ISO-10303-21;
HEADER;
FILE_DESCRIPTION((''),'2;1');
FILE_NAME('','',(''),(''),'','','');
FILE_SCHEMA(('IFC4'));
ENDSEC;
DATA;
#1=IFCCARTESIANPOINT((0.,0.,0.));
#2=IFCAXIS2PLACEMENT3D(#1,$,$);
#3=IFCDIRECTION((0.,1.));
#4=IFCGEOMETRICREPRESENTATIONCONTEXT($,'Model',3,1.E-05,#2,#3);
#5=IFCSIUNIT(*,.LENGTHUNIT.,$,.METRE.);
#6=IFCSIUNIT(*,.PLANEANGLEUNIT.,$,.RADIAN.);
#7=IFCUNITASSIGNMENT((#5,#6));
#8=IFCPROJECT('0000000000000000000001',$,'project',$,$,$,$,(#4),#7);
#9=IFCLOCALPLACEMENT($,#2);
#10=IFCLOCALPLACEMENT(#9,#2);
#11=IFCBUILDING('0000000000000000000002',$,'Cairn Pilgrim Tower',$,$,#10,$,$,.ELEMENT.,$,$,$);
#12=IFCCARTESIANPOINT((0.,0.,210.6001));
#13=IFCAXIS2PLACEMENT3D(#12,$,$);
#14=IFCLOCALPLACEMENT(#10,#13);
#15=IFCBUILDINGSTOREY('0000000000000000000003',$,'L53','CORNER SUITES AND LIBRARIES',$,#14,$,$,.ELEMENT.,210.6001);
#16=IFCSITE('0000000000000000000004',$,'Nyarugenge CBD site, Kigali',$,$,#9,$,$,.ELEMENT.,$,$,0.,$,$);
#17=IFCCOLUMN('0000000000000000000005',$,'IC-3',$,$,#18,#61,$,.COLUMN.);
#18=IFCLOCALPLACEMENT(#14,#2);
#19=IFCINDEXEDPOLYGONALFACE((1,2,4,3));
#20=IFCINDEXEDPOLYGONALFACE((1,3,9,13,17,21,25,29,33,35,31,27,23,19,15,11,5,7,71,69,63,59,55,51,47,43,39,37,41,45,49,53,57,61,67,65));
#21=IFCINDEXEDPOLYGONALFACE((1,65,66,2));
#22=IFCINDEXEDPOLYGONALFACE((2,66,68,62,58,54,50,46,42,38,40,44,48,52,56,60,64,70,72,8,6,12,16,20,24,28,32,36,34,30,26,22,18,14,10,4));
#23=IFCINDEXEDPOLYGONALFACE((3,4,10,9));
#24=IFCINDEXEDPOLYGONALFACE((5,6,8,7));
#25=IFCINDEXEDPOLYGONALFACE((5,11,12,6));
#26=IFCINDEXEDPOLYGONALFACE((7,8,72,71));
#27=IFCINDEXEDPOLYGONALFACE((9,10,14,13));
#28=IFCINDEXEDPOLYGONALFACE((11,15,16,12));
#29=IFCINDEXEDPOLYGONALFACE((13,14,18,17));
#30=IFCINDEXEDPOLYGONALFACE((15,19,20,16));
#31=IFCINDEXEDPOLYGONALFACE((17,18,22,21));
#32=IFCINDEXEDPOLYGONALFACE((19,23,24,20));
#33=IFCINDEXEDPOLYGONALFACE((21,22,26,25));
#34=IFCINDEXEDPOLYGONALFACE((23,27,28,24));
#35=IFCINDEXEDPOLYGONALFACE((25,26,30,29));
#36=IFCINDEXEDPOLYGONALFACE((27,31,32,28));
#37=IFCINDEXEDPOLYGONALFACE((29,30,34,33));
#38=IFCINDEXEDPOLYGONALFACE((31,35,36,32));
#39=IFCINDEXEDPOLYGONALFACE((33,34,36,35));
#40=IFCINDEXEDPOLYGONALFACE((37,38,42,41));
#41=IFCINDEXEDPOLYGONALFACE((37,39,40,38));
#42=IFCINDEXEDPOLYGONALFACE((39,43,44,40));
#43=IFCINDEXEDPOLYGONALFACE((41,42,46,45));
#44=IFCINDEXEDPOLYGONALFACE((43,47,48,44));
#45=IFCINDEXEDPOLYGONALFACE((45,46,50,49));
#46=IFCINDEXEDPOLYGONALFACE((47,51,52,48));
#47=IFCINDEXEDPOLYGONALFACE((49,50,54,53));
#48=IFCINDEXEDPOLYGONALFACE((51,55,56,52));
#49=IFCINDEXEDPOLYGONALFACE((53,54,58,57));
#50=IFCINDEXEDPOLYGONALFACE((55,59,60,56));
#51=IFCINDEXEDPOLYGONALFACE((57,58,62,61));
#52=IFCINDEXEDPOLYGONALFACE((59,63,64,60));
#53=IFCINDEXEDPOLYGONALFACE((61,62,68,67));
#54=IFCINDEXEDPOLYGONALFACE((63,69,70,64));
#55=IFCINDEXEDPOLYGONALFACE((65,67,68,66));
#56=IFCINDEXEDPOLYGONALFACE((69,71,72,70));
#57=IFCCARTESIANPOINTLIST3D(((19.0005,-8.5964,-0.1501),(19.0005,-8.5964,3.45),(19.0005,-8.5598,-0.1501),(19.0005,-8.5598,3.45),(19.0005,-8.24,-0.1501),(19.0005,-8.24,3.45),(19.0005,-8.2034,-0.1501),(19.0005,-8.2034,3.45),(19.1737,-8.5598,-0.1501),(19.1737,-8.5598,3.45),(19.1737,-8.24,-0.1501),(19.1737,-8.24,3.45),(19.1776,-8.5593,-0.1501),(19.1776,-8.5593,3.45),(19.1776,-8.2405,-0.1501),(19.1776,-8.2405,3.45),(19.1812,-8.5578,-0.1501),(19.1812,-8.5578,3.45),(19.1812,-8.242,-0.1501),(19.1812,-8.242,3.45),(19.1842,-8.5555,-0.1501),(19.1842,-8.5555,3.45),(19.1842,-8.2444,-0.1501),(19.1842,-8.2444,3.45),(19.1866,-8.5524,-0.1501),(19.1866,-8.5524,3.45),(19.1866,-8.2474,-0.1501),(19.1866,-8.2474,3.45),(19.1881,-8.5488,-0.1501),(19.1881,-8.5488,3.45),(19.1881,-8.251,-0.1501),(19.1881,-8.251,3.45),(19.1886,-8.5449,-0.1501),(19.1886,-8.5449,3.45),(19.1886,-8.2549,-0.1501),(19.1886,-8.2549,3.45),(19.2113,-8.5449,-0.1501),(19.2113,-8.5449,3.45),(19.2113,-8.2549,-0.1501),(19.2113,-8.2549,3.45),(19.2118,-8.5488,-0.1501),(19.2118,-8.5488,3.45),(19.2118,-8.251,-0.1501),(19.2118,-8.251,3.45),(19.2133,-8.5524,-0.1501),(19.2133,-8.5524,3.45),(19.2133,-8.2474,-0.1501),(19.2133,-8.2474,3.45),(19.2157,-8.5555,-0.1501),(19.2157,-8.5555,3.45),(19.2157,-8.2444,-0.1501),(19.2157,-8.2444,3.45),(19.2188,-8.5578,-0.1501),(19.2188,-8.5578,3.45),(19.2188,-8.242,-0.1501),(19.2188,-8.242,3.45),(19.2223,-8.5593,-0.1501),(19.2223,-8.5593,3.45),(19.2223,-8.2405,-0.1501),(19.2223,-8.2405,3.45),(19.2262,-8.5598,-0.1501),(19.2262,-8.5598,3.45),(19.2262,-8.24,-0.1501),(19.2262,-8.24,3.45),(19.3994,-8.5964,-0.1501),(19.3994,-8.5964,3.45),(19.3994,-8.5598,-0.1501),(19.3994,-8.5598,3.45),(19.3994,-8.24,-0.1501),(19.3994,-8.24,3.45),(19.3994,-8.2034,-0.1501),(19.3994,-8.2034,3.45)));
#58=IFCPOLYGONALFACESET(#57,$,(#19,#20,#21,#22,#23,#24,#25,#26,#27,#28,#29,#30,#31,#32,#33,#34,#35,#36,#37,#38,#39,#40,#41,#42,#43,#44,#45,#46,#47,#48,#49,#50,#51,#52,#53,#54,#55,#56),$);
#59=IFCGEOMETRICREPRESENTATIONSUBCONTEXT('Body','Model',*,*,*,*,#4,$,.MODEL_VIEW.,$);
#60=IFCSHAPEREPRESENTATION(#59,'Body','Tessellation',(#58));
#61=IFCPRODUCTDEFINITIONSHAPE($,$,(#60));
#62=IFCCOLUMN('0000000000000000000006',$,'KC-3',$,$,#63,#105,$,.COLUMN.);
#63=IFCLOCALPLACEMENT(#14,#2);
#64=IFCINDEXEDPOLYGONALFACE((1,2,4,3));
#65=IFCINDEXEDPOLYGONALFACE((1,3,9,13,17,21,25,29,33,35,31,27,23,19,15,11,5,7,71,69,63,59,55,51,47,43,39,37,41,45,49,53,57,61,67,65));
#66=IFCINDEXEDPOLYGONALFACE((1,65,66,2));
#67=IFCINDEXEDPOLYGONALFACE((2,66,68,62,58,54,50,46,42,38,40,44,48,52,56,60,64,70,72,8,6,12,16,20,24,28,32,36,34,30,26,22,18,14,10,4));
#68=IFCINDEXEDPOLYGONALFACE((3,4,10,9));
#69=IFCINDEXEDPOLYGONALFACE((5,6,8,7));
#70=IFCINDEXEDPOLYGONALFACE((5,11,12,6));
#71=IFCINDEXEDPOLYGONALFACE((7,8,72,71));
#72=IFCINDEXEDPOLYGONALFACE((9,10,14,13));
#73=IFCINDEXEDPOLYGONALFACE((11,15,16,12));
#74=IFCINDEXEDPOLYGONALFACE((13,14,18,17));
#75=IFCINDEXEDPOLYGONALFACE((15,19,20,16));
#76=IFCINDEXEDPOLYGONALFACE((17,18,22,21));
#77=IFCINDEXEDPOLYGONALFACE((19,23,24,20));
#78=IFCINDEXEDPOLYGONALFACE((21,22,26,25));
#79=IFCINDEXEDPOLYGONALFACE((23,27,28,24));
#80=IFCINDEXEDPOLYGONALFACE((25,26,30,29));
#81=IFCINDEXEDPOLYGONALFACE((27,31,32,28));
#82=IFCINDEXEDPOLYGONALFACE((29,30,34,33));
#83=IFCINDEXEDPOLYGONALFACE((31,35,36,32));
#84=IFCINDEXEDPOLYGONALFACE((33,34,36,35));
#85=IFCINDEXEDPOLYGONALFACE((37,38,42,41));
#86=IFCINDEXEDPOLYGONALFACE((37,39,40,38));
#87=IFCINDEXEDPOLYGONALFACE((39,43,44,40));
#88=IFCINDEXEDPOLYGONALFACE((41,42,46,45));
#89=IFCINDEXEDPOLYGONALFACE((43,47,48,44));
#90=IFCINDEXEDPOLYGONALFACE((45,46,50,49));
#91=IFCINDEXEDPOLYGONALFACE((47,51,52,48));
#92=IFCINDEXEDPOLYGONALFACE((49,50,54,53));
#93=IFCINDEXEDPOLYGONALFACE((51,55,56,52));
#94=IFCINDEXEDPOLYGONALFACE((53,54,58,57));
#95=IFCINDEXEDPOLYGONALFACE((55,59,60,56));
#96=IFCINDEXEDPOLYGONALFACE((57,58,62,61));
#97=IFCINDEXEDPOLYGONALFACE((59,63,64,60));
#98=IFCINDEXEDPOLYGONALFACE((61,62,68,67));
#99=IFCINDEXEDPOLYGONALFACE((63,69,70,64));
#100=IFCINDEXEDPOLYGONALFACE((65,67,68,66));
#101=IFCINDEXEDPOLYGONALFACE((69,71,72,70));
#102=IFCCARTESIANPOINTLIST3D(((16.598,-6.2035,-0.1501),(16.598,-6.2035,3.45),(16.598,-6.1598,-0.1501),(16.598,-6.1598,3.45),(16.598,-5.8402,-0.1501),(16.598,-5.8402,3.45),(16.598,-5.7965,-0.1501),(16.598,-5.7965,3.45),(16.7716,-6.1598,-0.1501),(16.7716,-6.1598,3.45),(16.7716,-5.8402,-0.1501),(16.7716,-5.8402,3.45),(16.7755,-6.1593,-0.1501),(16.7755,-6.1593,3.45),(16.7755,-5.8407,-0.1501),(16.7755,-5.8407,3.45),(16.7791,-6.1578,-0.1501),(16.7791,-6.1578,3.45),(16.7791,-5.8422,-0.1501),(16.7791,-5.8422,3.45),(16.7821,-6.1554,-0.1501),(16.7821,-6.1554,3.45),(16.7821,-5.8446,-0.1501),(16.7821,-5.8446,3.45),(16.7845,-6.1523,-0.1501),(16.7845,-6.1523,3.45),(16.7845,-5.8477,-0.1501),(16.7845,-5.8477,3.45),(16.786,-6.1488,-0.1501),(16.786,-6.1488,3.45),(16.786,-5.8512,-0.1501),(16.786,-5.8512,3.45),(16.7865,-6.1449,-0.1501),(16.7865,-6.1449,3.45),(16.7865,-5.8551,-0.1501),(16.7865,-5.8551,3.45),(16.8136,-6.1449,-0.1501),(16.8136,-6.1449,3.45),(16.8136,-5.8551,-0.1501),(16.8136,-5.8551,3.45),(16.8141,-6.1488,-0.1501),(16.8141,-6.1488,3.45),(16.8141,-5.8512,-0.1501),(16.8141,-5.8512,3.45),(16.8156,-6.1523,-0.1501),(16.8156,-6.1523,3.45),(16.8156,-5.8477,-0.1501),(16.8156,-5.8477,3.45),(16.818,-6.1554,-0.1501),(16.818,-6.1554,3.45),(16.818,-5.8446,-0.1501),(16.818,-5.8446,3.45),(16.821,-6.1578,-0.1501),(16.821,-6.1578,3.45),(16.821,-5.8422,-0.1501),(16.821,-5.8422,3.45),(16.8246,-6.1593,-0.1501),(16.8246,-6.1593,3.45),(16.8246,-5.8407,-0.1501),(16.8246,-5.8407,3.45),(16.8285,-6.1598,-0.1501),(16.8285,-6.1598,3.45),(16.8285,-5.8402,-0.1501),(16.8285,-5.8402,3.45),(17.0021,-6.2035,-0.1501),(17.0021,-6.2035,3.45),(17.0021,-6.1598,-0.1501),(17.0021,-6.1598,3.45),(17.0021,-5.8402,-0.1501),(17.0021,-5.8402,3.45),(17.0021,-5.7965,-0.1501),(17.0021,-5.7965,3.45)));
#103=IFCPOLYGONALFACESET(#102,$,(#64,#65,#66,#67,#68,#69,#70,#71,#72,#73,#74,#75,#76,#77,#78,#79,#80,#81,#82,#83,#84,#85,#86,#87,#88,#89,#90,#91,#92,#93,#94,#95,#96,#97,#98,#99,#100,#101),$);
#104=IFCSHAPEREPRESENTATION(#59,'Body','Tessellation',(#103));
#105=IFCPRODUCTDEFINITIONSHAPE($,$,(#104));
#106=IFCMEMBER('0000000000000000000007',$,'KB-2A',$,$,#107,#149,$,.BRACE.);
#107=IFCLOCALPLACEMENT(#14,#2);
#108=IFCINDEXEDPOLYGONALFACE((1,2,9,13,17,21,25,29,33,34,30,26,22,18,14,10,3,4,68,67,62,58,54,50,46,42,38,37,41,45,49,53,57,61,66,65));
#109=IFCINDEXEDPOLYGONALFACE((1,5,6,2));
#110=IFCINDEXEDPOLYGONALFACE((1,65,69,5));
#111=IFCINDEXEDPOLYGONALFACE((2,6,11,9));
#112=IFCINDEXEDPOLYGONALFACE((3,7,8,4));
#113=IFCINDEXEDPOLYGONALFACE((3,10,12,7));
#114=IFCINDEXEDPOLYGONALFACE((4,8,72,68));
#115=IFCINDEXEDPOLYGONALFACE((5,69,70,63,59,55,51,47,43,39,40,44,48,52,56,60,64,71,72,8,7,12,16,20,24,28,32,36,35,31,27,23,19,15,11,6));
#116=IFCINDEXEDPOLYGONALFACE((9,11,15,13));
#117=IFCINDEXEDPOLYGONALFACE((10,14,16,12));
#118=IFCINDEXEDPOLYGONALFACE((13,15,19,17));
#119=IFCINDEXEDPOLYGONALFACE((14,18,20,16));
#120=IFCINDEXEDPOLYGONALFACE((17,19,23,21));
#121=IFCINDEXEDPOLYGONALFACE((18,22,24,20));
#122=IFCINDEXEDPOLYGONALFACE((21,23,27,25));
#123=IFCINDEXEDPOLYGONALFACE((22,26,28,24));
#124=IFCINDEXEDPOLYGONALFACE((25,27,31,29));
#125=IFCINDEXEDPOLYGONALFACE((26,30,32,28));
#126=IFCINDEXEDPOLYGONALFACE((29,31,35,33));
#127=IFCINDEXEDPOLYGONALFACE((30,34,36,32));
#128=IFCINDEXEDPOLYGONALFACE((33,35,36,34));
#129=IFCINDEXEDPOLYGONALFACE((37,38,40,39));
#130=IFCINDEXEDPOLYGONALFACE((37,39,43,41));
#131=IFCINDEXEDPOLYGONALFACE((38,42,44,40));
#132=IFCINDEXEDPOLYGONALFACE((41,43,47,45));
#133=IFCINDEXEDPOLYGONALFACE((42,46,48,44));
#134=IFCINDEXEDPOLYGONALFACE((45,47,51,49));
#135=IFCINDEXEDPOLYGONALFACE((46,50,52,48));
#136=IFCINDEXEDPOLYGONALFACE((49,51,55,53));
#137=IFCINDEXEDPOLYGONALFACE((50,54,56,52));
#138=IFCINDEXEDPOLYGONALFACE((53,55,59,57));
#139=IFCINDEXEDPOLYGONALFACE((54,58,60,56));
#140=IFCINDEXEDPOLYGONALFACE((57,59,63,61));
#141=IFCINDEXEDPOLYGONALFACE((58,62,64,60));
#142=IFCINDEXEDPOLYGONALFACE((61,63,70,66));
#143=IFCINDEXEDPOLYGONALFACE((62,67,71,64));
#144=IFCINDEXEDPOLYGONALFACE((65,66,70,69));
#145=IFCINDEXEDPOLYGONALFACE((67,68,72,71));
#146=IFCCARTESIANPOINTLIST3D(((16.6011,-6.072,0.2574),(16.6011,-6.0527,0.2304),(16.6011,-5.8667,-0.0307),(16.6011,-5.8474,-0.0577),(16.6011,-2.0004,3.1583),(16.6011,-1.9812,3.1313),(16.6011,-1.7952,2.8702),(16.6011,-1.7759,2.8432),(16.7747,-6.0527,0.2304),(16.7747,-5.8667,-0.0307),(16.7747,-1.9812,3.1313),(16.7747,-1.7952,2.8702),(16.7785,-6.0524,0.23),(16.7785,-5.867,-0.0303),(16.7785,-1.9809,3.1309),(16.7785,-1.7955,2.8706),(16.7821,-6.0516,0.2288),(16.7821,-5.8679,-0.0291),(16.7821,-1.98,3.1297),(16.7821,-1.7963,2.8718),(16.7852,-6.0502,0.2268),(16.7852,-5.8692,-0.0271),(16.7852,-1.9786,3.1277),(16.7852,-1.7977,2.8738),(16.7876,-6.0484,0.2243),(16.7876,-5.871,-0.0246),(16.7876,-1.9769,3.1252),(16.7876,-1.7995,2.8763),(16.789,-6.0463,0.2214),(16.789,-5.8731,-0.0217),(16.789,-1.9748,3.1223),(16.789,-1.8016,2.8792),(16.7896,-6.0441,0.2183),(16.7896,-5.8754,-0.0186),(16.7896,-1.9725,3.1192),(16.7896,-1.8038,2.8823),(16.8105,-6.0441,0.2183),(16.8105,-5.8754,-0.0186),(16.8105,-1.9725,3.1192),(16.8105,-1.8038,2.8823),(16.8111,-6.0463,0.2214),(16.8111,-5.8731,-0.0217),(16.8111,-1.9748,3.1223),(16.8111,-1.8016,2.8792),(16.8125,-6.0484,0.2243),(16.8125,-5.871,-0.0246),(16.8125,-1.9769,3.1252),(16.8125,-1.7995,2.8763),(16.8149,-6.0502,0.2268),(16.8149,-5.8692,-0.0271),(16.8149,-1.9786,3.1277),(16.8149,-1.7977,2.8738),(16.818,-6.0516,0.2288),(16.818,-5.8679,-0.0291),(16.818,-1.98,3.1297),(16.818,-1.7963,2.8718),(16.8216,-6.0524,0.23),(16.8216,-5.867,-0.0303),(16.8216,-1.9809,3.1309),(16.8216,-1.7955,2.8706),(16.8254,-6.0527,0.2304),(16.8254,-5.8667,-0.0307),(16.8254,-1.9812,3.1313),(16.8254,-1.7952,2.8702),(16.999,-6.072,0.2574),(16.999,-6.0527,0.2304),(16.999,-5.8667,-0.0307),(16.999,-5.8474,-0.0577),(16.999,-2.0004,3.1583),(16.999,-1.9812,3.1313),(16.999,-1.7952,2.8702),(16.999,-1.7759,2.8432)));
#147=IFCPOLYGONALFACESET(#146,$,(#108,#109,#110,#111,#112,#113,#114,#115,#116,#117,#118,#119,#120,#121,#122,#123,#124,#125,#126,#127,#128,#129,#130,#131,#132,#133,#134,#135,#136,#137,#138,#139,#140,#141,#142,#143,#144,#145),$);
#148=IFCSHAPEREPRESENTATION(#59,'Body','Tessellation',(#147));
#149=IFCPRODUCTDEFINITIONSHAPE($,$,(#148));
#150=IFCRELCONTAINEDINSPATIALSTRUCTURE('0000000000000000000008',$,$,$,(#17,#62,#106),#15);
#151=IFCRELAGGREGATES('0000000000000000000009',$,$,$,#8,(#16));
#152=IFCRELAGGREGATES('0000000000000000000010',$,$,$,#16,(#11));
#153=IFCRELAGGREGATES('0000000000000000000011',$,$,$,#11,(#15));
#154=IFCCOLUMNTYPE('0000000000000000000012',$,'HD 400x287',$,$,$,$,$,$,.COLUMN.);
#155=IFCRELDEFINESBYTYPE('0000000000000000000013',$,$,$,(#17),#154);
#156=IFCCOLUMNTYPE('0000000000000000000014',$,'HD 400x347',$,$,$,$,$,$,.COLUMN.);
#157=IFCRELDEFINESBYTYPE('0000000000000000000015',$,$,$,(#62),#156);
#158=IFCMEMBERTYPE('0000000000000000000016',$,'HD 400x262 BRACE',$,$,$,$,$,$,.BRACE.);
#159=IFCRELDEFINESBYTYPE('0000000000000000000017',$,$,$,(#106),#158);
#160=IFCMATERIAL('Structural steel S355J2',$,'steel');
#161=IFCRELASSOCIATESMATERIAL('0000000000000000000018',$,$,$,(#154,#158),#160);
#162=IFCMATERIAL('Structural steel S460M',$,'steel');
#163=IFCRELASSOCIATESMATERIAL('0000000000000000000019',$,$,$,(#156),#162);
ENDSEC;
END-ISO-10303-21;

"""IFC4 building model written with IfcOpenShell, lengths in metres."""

from ifc_helpers import new_model, si_unit, direction, frame, origin, origin_2d, place, context, subcontext, project, spatial, i_section, extrude, material, material_profile, profile_set, type_object, element, save


model = new_model("IFC4")

# Units and contexts
model_context = context("Model", 3, precision=1e-05, world=origin(), true_north=direction((0.0, 1.0)))
body_context = subcontext(model_context, "Body", "Model", "MODEL_VIEW")
ifc_project = project(units=[si_unit("LENGTHUNIT", "METRE"), si_unit("PLANEANGLEUNIT", "RADIAN")], contexts=[model_context])

# Site, building, storey
site_placement = place(None, origin())
site = spatial("IfcSite", under=ifc_project, at=site_placement, Name="Nyarugenge CBD site, Kigali", CompositionType="ELEMENT", RefElevation=0.0)
building_placement = place(site_placement, origin())
building = spatial("IfcBuilding", under=site, at=building_placement, Name="Cairn Pilgrim Tower", CompositionType="ELEMENT")
storey_placement = place(building_placement, frame((0.0, 0.0, 210.6001)))
storey = spatial("IfcBuildingStorey", under=building, at=storey_placement, Name="L53", Description="CORNER SUITES AND LIBRARIES", CompositionType="ELEMENT", Elevation=210.6001)

# Columns
ifc_material_1 = material(Name="Structural steel S355J2", Category="steel")
ifc_material_profile_1 = material_profile(ifc_material_1, i_section(OverallWidth=0.3989, OverallDepth=0.3931, WebThickness=0.0227, FlangeThickness=0.0366, FilletRadius=0.0149, at=origin_2d()), Name="HD 400x287")
ifc_profile_set_1 = profile_set([ifc_material_profile_1], Name="Structural steel S355J2")
column_type_1 = type_object("IfcColumnType", Name="HD 400x287", PredefinedType="COLUMN", material=ifc_profile_set_1)
column_1_placement = place(storey_placement, frame((19.2, -8.3999, -0.1501), z_axis=(0.0, 0.0, 1.0), x_axis=(1.0, 0.0, 0.0)))
element("IfcColumn", 1, at=column_1_placement, inside=storey, type_object=column_type_1, Name="IC-3", PredefinedType="COLUMN", context=body_context, shape_type="SweptSolid", body=[
    extrude(i_section(OverallWidth=0.3989, OverallDepth=0.3931, WebThickness=0.0227, FlangeThickness=0.0366, FilletRadius=0.0149, at=origin_2d()), origin(), (0.0, 0.0, 1.0), 3.6001),
])
ifc_material_2 = material(Name="Structural steel S460M", Category="steel")
ifc_material_profile_2 = material_profile(ifc_material_2, i_section(OverallWidth=0.4041, OverallDepth=0.407, WebThickness=0.0271, FlangeThickness=0.0437, FilletRadius=0.0149, at=origin_2d()), Name="HD 400x347")
ifc_profile_set_2 = profile_set([ifc_material_profile_2], Name="Structural steel S460M")
column_type_2 = type_object("IfcColumnType", Name="HD 400x347", PredefinedType="COLUMN", material=ifc_profile_set_2)
column_2_placement = place(storey_placement, frame((16.8, -6.0, -0.1501), z_axis=(0.0, 0.0, 1.0), x_axis=(1.0, 0.0, 0.0)))
element("IfcColumn", 2, at=column_2_placement, inside=storey, type_object=column_type_2, Name="KC-3", PredefinedType="COLUMN", context=body_context, shape_type="SweptSolid", body=[
    extrude(i_section(OverallWidth=0.4041, OverallDepth=0.407, WebThickness=0.0271, FlangeThickness=0.0437, FilletRadius=0.0149, at=origin_2d()), origin(), (0.0, 0.0, 1.0), 3.6001),
])

# Member
ifc_material_profile_3 = material_profile(ifc_material_1, i_section(OverallWidth=0.3979, OverallDepth=0.387, WebThickness=0.021, FlangeThickness=0.0332, FilletRadius=0.0149, at=origin_2d()), Name="HD 400x262")
ifc_profile_set_3 = profile_set([ifc_material_profile_3], Name="Structural steel S355J2")
member_type = type_object("IfcMemberType", Name="HD 400x262 BRACE", PredefinedType="BRACE", material=ifc_profile_set_3)
member_placement = place(storey_placement, frame((16.8, -5.9597, 0.0999), z_axis=(0.0, 0.814429, 0.580263), x_axis=(-1.0, 0.0, 0.0)))
element("IfcMember", 3, at=member_placement, inside=storey, type_object=member_type, Name="KB-2A", PredefinedType="BRACE", context=body_context, shape_type="SweptSolid", body=[
    extrude(i_section(OverallWidth=0.3979, OverallDepth=0.387, WebThickness=0.021, FlangeThickness=0.0332, FilletRadius=0.0149, at=origin_2d()), origin(), (0.0, 0.0, 1.0), 4.9993),
])

save(model, "model.ifc")
